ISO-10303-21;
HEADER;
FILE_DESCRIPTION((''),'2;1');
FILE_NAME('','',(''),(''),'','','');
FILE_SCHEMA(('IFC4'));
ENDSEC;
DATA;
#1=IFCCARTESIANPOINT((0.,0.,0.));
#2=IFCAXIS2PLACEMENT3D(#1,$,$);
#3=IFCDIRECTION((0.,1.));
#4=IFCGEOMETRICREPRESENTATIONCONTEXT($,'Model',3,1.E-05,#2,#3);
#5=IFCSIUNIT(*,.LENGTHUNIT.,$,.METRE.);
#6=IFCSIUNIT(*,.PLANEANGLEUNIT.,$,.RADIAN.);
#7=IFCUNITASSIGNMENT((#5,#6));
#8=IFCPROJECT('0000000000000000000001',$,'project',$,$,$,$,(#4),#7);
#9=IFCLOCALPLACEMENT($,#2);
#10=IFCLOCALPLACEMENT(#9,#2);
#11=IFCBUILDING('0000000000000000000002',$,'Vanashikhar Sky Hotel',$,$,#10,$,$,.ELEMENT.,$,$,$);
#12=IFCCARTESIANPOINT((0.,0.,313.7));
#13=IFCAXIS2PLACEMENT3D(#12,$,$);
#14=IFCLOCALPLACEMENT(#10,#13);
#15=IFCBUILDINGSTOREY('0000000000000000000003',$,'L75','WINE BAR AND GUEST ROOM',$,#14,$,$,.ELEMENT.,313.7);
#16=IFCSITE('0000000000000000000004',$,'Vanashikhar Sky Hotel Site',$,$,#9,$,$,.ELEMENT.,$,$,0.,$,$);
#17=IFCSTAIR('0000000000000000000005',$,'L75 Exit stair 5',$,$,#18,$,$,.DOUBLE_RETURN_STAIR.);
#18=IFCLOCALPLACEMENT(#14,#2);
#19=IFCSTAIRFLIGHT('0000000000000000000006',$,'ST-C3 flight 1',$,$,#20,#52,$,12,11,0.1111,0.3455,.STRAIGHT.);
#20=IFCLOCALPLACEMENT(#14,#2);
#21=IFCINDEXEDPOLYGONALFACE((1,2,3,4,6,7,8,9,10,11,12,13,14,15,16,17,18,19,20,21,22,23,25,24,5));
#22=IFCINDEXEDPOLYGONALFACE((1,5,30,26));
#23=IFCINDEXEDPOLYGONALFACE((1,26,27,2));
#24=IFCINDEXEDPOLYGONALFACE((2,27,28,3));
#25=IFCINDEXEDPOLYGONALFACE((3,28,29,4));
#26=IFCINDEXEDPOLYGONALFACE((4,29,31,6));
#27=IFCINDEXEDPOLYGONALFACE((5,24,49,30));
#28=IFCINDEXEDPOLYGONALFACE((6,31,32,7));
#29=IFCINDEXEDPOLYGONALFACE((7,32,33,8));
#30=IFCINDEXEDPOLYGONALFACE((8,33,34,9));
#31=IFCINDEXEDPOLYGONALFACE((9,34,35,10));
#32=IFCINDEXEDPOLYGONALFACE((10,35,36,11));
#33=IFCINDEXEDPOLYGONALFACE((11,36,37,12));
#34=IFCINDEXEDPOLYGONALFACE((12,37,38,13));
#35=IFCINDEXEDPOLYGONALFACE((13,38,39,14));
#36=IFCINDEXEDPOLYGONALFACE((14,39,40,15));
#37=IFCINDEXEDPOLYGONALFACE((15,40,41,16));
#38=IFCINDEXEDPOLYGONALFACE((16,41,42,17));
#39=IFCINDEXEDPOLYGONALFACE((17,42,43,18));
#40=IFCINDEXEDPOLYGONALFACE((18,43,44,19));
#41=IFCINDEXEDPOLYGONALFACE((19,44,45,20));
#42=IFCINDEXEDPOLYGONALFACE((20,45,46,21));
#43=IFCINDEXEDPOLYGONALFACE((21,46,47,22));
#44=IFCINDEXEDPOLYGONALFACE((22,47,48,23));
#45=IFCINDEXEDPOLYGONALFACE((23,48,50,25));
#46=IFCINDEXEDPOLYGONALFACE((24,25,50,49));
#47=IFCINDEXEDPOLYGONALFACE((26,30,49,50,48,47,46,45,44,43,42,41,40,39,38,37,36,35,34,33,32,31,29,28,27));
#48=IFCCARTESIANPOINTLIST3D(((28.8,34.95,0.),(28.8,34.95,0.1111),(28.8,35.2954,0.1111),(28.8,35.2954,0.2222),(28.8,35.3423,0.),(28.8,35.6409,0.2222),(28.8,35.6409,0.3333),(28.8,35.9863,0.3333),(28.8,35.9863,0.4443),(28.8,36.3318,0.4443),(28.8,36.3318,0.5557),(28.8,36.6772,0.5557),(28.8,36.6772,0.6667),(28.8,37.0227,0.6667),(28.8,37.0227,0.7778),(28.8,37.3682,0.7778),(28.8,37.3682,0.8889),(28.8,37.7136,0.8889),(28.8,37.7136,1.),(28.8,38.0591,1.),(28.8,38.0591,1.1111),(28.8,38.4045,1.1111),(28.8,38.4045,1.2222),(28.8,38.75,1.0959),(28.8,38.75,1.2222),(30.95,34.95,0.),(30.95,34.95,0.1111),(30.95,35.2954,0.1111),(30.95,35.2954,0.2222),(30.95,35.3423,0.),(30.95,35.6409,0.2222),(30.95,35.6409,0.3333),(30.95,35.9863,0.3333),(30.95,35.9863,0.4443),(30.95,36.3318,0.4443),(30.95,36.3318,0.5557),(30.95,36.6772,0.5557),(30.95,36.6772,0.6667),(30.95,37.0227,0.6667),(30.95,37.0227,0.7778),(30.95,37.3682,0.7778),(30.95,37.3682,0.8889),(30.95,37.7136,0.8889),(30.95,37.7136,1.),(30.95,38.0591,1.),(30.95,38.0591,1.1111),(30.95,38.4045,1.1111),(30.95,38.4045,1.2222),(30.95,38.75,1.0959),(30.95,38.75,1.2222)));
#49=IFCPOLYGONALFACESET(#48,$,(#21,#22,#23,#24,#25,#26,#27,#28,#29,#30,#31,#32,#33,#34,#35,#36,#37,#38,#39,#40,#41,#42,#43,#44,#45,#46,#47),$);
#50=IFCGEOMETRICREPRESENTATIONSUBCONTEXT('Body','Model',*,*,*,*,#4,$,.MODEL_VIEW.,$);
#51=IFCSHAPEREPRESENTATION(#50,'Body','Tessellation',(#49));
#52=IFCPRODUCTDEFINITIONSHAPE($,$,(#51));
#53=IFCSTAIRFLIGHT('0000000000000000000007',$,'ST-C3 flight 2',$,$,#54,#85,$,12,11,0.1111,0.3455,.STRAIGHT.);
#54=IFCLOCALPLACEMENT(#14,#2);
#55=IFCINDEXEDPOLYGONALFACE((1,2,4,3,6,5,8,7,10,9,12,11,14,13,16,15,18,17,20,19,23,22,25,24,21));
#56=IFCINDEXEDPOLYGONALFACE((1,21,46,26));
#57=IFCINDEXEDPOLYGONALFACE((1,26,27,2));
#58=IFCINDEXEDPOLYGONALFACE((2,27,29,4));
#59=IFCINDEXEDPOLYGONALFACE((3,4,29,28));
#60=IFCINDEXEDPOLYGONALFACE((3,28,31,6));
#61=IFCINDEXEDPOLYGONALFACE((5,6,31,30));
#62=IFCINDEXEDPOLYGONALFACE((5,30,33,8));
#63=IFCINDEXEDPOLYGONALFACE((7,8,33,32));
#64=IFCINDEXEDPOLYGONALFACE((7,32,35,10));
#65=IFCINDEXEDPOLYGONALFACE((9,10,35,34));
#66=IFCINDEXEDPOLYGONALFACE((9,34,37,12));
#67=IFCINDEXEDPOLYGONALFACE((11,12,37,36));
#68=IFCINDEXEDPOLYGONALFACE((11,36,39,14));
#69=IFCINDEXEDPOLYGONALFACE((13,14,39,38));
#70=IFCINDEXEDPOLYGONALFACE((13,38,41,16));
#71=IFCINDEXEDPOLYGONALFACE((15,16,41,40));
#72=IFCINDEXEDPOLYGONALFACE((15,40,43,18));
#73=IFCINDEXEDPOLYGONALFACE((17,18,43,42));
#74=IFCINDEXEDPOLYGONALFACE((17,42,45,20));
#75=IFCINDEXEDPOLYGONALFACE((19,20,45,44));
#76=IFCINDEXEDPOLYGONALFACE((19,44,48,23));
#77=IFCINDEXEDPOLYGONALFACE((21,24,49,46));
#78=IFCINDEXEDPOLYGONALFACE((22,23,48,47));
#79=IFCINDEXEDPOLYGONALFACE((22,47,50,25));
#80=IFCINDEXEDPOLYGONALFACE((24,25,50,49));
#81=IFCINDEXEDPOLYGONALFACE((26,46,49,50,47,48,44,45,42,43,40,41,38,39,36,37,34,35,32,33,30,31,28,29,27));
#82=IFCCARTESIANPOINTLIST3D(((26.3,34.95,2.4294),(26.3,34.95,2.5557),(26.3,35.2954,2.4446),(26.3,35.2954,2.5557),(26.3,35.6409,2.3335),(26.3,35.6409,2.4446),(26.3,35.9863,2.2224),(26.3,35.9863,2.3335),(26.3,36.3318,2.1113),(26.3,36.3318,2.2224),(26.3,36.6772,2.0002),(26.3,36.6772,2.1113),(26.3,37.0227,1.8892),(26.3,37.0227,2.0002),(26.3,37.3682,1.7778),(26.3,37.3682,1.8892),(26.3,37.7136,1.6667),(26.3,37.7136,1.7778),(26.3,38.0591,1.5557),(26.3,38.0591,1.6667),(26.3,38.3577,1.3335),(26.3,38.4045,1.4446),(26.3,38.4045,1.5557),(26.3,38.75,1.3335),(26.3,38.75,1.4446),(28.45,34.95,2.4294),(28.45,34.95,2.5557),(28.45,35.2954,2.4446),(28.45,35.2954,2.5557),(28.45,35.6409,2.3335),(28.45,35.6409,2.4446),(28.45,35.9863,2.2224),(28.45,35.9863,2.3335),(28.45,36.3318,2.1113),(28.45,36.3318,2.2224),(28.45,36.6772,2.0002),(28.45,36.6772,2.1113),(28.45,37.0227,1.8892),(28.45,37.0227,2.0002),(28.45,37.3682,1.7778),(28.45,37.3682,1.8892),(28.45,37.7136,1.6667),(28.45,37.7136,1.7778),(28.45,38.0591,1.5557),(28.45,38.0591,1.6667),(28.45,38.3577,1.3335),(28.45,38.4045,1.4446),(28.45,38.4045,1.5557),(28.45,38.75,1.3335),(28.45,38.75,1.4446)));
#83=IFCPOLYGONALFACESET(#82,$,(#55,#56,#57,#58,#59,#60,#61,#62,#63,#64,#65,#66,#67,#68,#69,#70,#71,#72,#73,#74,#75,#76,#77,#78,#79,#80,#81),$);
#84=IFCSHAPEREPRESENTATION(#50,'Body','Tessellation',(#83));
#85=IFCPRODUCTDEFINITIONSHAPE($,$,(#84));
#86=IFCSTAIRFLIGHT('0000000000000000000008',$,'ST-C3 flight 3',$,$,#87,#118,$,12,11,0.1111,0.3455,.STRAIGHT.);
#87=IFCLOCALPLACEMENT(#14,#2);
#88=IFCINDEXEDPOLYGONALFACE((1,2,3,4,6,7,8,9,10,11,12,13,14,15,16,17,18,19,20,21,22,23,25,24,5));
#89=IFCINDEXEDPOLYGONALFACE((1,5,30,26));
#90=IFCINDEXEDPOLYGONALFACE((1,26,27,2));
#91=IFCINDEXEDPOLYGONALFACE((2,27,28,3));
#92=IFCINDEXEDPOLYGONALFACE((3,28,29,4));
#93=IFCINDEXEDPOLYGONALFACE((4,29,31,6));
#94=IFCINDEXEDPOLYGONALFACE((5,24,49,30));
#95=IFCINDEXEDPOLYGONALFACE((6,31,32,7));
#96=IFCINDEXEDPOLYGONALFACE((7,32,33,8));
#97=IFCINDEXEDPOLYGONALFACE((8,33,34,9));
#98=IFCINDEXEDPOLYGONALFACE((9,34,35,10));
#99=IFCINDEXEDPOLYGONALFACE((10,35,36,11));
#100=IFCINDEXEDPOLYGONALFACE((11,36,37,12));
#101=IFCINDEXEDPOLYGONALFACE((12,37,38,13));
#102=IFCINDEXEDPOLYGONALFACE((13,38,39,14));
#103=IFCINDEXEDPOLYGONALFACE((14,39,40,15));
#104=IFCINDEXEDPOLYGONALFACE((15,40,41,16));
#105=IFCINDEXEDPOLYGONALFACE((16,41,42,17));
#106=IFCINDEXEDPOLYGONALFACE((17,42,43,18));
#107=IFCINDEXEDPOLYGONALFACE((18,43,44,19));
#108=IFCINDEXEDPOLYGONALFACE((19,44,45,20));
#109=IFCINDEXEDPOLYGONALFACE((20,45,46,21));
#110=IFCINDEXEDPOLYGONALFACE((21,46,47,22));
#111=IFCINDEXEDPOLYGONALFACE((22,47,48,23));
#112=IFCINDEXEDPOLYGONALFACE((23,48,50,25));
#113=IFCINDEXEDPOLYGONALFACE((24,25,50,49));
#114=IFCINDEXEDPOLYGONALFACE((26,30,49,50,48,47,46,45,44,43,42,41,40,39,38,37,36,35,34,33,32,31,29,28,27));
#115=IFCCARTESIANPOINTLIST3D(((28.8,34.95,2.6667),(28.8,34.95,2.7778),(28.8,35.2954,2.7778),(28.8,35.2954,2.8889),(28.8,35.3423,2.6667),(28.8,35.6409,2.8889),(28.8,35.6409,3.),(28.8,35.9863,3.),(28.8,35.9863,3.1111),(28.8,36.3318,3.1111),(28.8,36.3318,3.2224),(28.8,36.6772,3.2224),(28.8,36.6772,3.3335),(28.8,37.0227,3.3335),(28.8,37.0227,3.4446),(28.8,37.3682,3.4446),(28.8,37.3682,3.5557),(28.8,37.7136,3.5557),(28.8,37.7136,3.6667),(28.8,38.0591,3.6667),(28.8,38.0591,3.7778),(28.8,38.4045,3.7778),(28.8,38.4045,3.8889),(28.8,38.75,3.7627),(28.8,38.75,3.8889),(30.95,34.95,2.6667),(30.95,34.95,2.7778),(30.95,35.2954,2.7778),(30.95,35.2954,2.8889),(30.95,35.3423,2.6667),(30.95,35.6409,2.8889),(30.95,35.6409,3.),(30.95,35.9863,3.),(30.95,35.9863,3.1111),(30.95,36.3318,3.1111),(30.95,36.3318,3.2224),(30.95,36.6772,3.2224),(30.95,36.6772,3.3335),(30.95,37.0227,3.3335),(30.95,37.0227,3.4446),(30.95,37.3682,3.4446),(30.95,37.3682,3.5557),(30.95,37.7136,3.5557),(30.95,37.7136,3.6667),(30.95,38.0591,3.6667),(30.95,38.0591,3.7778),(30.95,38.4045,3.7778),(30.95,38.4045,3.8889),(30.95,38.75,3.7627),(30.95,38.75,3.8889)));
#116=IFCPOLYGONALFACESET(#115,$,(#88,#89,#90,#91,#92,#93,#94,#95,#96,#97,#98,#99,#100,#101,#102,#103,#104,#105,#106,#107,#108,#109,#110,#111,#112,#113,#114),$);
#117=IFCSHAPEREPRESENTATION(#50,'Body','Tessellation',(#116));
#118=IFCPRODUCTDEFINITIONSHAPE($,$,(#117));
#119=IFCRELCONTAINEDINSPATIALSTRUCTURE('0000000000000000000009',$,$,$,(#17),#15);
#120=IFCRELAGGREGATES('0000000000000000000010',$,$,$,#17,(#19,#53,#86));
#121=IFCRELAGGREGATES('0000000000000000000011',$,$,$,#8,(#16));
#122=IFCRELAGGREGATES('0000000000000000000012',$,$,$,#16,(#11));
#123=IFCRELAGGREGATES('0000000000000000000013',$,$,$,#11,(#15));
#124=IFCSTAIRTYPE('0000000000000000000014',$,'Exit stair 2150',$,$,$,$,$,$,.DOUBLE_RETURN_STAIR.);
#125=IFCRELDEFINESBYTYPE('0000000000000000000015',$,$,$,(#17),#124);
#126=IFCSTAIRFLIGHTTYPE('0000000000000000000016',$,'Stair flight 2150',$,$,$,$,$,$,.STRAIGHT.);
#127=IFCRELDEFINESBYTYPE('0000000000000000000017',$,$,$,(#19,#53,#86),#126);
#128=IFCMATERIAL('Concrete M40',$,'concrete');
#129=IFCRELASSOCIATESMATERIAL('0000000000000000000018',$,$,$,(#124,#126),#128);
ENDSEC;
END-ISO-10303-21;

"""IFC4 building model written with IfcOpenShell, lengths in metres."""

from ifc_helpers import new_model, si_unit, direction, frame, origin, place, context, subcontext, project, spatial, polyline, outline, extrude, source, transform, mapped, material, type_object, element, aggregate, save


model = new_model("IFC4")

# Units and contexts
model_context = context("Model", 3, precision=1e-05, world=origin(), true_north=direction((0.0, 1.0)))
body_context = subcontext(model_context, "Body", "Model", "MODEL_VIEW")
ifc_project = project(units=[si_unit("LENGTHUNIT", "METRE"), si_unit("PLANEANGLEUNIT", "RADIAN")], contexts=[model_context])

# Site, building, storey
site_placement = place(None, origin())
site = spatial("IfcSite", under=ifc_project, at=site_placement, Name="Vanashikhar Sky Hotel Site", CompositionType="ELEMENT", RefElevation=0.0)
building_placement = place(site_placement, origin())
building = spatial("IfcBuilding", under=site, at=building_placement, Name="Vanashikhar Sky Hotel", CompositionType="ELEMENT")
storey_placement = place(building_placement, frame((0.0, 0.0, 313.7)))
storey = spatial("IfcBuildingStorey", under=building, at=storey_placement, Name="L75", Description="WINE BAR AND GUEST ROOM", CompositionType="ELEMENT", Elevation=313.7)

# Stair, stair flights
ifc_material_1 = material(Name="Concrete M40", Category="concrete")
stair_type = type_object("IfcStairType", Name="Exit stair 2150", PredefinedType="DOUBLE_RETURN_STAIR", material=ifc_material_1)
stair_flight_type = type_object("IfcStairFlightType", Name="Stair flight 2150", PredefinedType="STRAIGHT", material=ifc_material_1)
shared_shape_1 = source(origin(), body_context, "Body", "SweptSolid", [
    extrude(outline(polyline([(0.0, 0.0), (0.0, 0.1111), (0.3455, 0.1111), (0.3455, 0.2222), (0.6909, 0.2222), (0.6909, 0.3333), (1.0364, 0.3333), (1.0364, 0.4443), (1.3818, 0.4443), (1.3818, 0.5557), (1.7273, 0.5557), (1.7273, 0.6667), (2.0728, 0.6667), (2.0728, 0.7778), (2.4182, 0.7778), (2.4182, 0.8889), (2.7637, 0.8889), (2.7637, 1.0), (3.1091, 1.0), (3.1091, 1.1111), (3.4546, 1.1111), (3.4546, 1.2222), (3.8, 1.2222), (3.8, 1.3333), (3.8, 1.0959), (0.3923, 0.0), (0.0, 0.0)])), frame((0.0, 1.075, 0.0), z_axis=(0.0, -1.0, 0.0), x_axis=(1.0, 0.0, 0.0)), (0.0, 0.0, 1.0), 2.1499),
])
stair_1_placement = place(storey_placement, origin())
stair_1 = element("IfcStair", 1, at=stair_1_placement, inside=storey, type_object=stair_type, Name="L75 Exit stair 5", PredefinedType="DOUBLE_RETURN_STAIR")
stair_flight_1_placement = place(storey_placement, frame((29.875, 34.95, 0.0), z_axis=(0.0, 0.0, 1.0), x_axis=(0.0, 1.0, 0.0)))
stair_flight_1 = element("IfcStairFlight", 2, at=stair_flight_1_placement, type_object=stair_flight_type, Name="ST-C3 flight 1", NumberOfRisers=12, NumberOfTreads=11, PredefinedType="STRAIGHT", RiserHeight=0.1111, TreadLength=0.3455, context=body_context, shape_type="MappedRepresentation", body=[
    mapped(shared_shape_1, transform((0.0, 0.0, 0.0), scale=1.0)),
])
stair_flight_2_placement = place(storey_placement, frame((27.375, 38.75, 1.3335), z_axis=(0.0, 0.0, 1.0), x_axis=(0.0, -1.0, 0.0)))
stair_flight_2 = element("IfcStairFlight", 3, at=stair_flight_2_placement, type_object=stair_flight_type, Name="ST-C3 flight 2", NumberOfRisers=12, NumberOfTreads=11, PredefinedType="STRAIGHT", RiserHeight=0.1111, TreadLength=0.3455, context=body_context, shape_type="MappedRepresentation", body=[
    mapped(shared_shape_1, transform((0.0, 0.0, 0.0), scale=1.0)),
])
stair_flight_3_placement = place(storey_placement, frame((29.875, 34.95, 2.6667), z_axis=(0.0, 0.0, 1.0), x_axis=(0.0, 1.0, 0.0)))
stair_flight_3 = element("IfcStairFlight", 4, at=stair_flight_3_placement, type_object=stair_flight_type, Name="ST-C3 flight 3", NumberOfRisers=12, NumberOfTreads=11, PredefinedType="STRAIGHT", RiserHeight=0.1111, TreadLength=0.3455, context=body_context, shape_type="MappedRepresentation", body=[
    mapped(shared_shape_1, transform((0.0, 0.0, 0.0), scale=1.0)),
])
aggregate(stair_1, [stair_flight_1, stair_flight_2, stair_flight_3])

save(model, "model.ifc")
